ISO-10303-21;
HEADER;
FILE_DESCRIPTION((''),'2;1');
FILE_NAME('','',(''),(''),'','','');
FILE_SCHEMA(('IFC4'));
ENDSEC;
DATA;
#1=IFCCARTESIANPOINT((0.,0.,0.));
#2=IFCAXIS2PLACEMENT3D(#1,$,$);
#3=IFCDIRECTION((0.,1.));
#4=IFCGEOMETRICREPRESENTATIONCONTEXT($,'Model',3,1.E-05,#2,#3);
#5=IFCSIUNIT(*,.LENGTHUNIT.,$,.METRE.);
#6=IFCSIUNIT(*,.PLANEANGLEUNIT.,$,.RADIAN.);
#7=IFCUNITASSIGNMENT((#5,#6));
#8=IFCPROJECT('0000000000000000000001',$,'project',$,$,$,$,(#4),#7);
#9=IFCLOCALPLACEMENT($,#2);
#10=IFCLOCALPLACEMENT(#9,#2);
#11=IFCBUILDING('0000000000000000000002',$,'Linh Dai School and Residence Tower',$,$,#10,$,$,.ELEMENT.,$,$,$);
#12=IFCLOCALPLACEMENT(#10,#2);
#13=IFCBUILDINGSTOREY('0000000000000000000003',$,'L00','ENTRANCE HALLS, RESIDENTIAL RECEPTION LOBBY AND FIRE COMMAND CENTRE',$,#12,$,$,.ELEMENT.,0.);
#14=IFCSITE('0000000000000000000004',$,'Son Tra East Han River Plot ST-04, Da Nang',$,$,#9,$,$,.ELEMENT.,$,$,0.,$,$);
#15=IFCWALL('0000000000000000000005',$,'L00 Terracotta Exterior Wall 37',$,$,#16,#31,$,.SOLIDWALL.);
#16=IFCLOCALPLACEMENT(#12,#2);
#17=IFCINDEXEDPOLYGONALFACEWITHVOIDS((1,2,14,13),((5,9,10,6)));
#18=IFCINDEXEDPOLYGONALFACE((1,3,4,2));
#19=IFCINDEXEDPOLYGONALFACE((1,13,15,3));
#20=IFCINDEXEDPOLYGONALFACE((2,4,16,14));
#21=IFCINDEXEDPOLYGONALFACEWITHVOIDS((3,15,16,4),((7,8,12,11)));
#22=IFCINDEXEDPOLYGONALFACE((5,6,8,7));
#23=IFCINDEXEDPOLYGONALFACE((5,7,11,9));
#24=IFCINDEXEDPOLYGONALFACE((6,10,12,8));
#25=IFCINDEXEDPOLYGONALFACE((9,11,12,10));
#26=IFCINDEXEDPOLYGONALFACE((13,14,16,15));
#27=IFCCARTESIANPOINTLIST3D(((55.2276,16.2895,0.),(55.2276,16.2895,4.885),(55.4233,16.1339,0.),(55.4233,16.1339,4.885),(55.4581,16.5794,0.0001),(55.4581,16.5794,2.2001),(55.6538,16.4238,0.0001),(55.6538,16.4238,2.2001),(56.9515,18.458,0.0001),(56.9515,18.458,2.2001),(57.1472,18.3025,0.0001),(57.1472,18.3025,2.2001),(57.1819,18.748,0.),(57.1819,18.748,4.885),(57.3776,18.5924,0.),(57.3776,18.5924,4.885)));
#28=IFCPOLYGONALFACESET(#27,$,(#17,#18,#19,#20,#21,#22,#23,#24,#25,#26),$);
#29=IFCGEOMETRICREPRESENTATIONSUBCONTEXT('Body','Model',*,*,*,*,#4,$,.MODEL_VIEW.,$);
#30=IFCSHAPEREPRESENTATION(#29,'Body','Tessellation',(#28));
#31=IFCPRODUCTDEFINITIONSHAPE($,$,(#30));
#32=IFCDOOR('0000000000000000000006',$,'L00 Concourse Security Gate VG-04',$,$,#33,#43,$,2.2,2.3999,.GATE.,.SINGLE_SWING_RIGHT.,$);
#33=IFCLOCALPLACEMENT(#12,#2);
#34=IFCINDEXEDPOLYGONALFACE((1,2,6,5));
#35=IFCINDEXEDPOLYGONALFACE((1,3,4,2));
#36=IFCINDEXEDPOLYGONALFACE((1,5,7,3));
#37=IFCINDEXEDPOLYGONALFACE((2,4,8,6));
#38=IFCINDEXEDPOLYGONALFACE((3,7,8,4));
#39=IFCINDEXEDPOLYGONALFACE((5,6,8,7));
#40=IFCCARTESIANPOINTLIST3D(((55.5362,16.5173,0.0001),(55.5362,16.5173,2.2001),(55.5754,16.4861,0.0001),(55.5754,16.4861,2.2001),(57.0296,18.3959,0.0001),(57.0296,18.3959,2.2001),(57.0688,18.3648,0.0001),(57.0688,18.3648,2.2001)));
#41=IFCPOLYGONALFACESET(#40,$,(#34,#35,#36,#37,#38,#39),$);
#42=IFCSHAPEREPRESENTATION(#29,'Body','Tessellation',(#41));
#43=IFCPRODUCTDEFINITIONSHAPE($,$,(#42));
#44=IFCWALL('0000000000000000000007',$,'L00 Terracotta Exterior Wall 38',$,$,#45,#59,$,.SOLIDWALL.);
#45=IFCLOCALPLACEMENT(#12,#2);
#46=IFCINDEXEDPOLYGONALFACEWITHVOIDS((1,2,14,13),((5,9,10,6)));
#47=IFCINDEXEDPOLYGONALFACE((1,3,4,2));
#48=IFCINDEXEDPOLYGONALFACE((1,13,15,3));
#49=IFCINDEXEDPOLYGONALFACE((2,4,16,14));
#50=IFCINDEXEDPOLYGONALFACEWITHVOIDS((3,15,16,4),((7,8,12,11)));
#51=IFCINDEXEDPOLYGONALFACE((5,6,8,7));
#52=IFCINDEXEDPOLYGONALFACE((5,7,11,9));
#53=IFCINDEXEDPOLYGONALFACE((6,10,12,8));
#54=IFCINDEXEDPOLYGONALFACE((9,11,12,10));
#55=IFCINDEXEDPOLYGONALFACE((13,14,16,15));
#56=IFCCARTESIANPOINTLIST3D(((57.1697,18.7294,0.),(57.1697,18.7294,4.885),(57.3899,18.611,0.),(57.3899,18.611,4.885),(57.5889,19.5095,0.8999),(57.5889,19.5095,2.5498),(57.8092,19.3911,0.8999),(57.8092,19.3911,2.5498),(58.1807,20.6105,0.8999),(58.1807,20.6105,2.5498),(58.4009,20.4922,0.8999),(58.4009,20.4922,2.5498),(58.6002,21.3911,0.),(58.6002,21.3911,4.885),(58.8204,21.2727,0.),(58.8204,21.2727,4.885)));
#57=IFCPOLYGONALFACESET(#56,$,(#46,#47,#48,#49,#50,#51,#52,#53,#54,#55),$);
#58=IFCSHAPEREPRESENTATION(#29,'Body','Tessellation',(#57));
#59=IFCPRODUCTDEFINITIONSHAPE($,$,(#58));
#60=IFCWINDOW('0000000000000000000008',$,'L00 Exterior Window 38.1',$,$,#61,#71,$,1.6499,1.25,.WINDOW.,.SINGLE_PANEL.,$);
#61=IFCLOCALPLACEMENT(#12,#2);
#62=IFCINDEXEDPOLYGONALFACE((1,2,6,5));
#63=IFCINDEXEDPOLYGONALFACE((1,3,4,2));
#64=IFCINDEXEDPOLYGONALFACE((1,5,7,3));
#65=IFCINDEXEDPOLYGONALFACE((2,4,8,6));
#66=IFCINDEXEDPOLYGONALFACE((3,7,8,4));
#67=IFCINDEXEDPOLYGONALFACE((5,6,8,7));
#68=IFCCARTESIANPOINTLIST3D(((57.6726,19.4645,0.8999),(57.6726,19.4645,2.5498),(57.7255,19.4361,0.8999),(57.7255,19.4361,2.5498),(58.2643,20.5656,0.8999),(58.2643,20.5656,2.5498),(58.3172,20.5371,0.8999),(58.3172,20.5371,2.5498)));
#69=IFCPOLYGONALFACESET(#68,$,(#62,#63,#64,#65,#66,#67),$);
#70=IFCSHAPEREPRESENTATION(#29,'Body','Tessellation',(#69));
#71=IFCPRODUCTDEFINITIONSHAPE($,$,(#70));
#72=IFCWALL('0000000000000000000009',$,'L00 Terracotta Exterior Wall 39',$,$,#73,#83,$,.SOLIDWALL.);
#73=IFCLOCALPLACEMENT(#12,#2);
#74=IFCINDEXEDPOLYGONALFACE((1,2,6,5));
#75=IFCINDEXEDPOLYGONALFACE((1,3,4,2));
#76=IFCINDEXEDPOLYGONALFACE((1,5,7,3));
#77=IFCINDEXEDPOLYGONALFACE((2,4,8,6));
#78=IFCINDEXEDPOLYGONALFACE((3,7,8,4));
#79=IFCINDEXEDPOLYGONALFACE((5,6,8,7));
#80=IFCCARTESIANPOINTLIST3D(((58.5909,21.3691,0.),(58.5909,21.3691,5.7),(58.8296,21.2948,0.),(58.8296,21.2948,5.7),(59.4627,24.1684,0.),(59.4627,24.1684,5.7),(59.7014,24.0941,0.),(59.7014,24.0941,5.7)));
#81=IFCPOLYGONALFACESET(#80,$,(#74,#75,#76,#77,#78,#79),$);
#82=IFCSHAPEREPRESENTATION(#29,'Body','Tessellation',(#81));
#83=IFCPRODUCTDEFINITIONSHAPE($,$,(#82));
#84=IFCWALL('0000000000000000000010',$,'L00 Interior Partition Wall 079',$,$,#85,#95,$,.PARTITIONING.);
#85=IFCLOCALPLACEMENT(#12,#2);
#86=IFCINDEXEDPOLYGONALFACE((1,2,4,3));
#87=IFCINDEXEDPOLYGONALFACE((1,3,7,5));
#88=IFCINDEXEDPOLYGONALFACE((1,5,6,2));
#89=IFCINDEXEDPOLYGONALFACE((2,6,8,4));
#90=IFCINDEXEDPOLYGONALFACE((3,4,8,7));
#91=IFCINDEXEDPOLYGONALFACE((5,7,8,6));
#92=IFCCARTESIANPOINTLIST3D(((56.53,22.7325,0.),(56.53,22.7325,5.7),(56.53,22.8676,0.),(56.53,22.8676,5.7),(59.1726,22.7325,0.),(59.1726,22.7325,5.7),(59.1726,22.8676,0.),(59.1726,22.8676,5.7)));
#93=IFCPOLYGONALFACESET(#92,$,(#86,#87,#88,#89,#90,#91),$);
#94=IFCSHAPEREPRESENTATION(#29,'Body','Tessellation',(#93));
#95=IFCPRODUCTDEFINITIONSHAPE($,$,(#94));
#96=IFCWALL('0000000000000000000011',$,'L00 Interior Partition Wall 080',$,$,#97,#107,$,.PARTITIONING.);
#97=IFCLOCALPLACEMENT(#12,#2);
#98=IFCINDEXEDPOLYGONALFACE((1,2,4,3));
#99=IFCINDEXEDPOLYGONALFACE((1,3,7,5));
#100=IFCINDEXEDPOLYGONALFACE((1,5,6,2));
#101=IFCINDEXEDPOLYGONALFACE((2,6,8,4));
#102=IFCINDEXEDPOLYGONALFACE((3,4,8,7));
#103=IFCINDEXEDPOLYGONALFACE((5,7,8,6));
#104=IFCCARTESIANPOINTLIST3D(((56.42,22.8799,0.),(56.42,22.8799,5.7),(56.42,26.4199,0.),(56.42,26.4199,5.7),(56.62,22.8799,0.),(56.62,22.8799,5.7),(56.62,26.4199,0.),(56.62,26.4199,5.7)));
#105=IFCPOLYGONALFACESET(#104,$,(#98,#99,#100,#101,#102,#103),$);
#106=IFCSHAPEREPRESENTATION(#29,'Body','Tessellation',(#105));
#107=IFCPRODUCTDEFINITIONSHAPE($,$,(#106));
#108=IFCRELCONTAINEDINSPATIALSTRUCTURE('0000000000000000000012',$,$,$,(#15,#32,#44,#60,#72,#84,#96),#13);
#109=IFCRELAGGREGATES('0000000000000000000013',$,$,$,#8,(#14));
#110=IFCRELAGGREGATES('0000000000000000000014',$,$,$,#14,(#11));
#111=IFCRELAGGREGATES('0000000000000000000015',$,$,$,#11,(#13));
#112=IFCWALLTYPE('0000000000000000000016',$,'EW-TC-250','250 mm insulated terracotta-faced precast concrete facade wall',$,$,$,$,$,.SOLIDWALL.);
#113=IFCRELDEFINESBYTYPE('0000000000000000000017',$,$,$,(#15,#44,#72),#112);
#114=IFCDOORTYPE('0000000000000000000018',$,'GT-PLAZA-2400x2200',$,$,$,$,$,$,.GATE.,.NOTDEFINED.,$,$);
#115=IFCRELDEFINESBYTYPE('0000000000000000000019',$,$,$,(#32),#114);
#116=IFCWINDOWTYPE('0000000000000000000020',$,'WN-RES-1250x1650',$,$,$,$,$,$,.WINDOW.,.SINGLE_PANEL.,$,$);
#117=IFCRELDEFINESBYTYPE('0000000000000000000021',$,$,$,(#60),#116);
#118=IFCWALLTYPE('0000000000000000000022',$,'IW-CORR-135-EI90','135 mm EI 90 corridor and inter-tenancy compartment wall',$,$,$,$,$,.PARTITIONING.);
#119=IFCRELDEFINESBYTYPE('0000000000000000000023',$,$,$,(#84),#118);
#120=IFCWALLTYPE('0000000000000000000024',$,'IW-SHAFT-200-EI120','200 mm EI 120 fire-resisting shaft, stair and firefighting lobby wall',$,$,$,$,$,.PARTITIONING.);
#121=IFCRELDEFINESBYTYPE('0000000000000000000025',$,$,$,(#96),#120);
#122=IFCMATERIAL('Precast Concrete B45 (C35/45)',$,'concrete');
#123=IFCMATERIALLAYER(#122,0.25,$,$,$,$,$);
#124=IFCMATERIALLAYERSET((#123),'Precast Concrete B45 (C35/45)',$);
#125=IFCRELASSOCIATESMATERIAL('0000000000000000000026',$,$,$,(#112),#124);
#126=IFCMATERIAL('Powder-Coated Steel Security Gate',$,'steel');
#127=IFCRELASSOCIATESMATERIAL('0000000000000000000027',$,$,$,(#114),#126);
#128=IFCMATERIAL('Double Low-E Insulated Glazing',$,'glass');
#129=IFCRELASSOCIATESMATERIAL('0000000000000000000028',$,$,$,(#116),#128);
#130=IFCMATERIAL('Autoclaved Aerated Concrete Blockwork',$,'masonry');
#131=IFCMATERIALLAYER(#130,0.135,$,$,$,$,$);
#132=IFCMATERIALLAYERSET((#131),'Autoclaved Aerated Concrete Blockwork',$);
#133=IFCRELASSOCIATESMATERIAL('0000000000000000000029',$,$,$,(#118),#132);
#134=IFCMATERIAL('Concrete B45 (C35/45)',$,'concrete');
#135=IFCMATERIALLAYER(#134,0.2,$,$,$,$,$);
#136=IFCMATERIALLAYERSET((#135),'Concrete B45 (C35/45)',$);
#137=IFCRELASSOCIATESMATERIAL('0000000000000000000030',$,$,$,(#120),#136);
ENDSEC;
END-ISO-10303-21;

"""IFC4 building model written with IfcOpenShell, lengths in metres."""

from ifc_helpers import new_model, si_unit, direction, frame, frame_2d, origin, origin_2d, place, context, subcontext, project, spatial, rectangle, extrude, source, transform, mapped, material, layer, layer_set, type_object, element, fill, save


model = new_model("IFC4")

# Units and contexts
model_context = context("Model", 3, precision=1e-05, world=origin(), true_north=direction((0.0, 1.0)))
body_context = subcontext(model_context, "Body", "Model", "MODEL_VIEW")
ifc_project = project(units=[si_unit("LENGTHUNIT", "METRE"), si_unit("PLANEANGLEUNIT", "RADIAN")], contexts=[model_context])

# Site, building, storey
site_placement = place(None, origin())
site = spatial("IfcSite", under=ifc_project, at=site_placement, Name="Son Tra East Han River Plot ST-04, Da Nang", CompositionType="ELEMENT", RefElevation=0.0)
building_placement = place(site_placement, origin())
building = spatial("IfcBuilding", under=site, at=building_placement, Name="Linh Dai School and Residence Tower", CompositionType="ELEMENT")
storey_placement = place(building_placement, origin())
storey = spatial("IfcBuildingStorey", under=building, at=storey_placement, Name="L00", Description="ENTRANCE HALLS, RESIDENTIAL RECEPTION LOBBY AND FIRE COMMAND CENTRE", CompositionType="ELEMENT", Elevation=0.0)

# Shared definitions
ifc_material_1 = material(Name="Double Low-E Insulated Glazing", Category="glass")

# Wall, opening, door
ifc_material_2 = material(Name="Precast Concrete B45 (C35/45)", Category="concrete")
ifc_layer_1 = layer(ifc_material_2, 0.25)
ifc_layer_set_1 = layer_set([ifc_layer_1], Name="Precast Concrete B45 (C35/45)")
wall_type_1 = type_object("IfcWallType", Name="EW-TC-250", Description="250 mm insulated terracotta-faced precast concrete facade wall", PredefinedType="SOLIDWALL", material=ifc_layer_set_1)
wall_1_placement = place(storey_placement, frame((57.2798, 18.6702, 0.0), z_axis=(0.0, 0.0, 1.0), x_axis=(-0.622275, -0.782799, 0.0)))
wall_1 = element("IfcWall", 1, at=wall_1_placement, inside=storey, type_object=wall_type_1, Name="L00 Terracotta Exterior Wall 37", PredefinedType="SOLIDWALL", context=body_context, shape_type="SweptSolid", body=[
    extrude(rectangle(XDim=3.1406, YDim=0.25, at=frame_2d((1.5703, 0.0))), origin(), (0.0, 0.0, 1.0), 4.885),
])
opening_1_placement = place(wall_1_placement, frame((0.3704, 0.0, 0.0)))
opening_1 = element("IfcOpeningElement", 2, at=opening_1_placement, cuts=wall_1, PredefinedType="OPENING", context=body_context, shape_type="SweptSolid", body=[
    extrude(rectangle(XDim=2.3999, YDim=2.2, at=origin_2d()), frame((1.2, 0.135, 1.1001), z_axis=(0.0, -1.0, 0.0), x_axis=(1.0, 0.0, 0.0)), (0.0, 0.0, 1.0), 0.27),
])
ifc_material_3 = material(Name="Powder-Coated Steel Security Gate", Category="steel")
door_type = type_object("IfcDoorType", Name="GT-PLAZA-2400x2200", OperationType="NOTDEFINED", PredefinedType="GATE", material=ifc_material_3)
shared_shape_1 = source(origin(), body_context, "Body", "SweptSolid", [
    extrude(rectangle(XDim=2.3999, YDim=2.2, at=origin_2d()), frame((1.2, 0.0249, 1.1001), z_axis=(0.0, -1.0, 0.0), x_axis=(1.0, 0.0, 0.0)), (0.0, 0.0, 1.0), 0.05),
])
door_placement = place(opening_1_placement, origin())
door = element("IfcDoor", 3, at=door_placement, inside=storey, type_object=door_type, Name="L00 Concourse Security Gate VG-04", OperationType="SINGLE_SWING_RIGHT", OverallHeight=2.2, OverallWidth=2.3999, PredefinedType="GATE", context=body_context, shape_type="MappedRepresentation", body=[
    mapped(shared_shape_1, transform((0.0, 0.0, 0.0), x_axis=(1.0, 0.0, 0.0), y_axis=(0.0, 1.0, 0.0), z_axis=(0.0, 0.0, 1.0), scale=1.0)),
])
fill(opening_1, door)

# Wall, opening, window
wall_2_placement = place(storey_placement, frame((58.7102, 21.3318, 0.0), z_axis=(0.0, 0.0, 1.0), x_axis=(-0.473391, -0.880852, 0.0)))
wall_2 = element("IfcWall", 4, at=wall_2_placement, inside=storey, type_object=wall_type_1, Name="L00 Terracotta Exterior Wall 38", PredefinedType="SOLIDWALL", context=body_context, shape_type="SweptSolid", body=[
    extrude(rectangle(XDim=3.0217, YDim=0.25, at=frame_2d((1.5107, 0.0))), origin(), (0.0, 0.0, 1.0), 4.885),
])
opening_2_placement = place(wall_2_placement, frame((0.886, 0.0, 0.8999)))
opening_2 = element("IfcOpeningElement", 5, at=opening_2_placement, cuts=wall_2, PredefinedType="OPENING", context=body_context, shape_type="SweptSolid", body=[
    extrude(rectangle(XDim=1.25, YDim=1.6499, at=origin_2d()), frame((0.625, 0.135, 0.825), z_axis=(0.0, -1.0, 0.0), x_axis=(1.0, 0.0, 0.0)), (0.0, 0.0, 1.0), 0.27),
])
window_type = type_object("IfcWindowType", Name="WN-RES-1250x1650", PartitioningType="SINGLE_PANEL", PredefinedType="WINDOW", material=ifc_material_1)
shared_shape_2 = source(origin(), body_context, "Body", "SweptSolid", [
    extrude(rectangle(XDim=1.25, YDim=1.6499, at=origin_2d()), frame((0.625, 0.03, 0.825), z_axis=(0.0, -1.0, 0.0), x_axis=(1.0, 0.0, 0.0)), (0.0, 0.0, 1.0), 0.0601),
])
window_placement = place(opening_2_placement, origin())
window = element("IfcWindow", 6, at=window_placement, inside=storey, type_object=window_type, Name="L00 Exterior Window 38.1", OverallHeight=1.6499, OverallWidth=1.25, PartitioningType="SINGLE_PANEL", PredefinedType="WINDOW", context=body_context, shape_type="MappedRepresentation", body=[
    mapped(shared_shape_2, transform((0.0, 0.0, 0.0), x_axis=(1.0, 0.0, 0.0), y_axis=(0.0, 1.0, 0.0), z_axis=(0.0, 0.0, 1.0), scale=1.0)),
])
fill(opening_2, window)

# Walls
wall_3_placement = place(storey_placement, frame((59.582, 24.1311, 0.0), z_axis=(0.0, 0.0, 1.0), x_axis=(-0.297355, -0.954767, 0.0)))
element("IfcWall", 7, at=wall_3_placement, inside=storey, type_object=wall_type_1, Name="L00 Terracotta Exterior Wall 39", PredefinedType="SOLIDWALL", context=body_context, shape_type="SweptSolid", body=[
    extrude(rectangle(XDim=2.9319, YDim=0.25, at=frame_2d((1.4658, 0.0))), origin(), (0.0, 0.0, 1.0), 5.7),
])
ifc_material_4 = material(Name="Autoclaved Aerated Concrete Blockwork", Category="masonry")
ifc_layer_2 = layer(ifc_material_4, 0.135)
ifc_layer_set_2 = layer_set([ifc_layer_2], Name="Autoclaved Aerated Concrete Blockwork")
wall_type_2 = type_object("IfcWallType", Name="IW-CORR-135-EI90", Description="135 mm EI 90 corridor and inter-tenancy compartment wall", PredefinedType="PARTITIONING", material=ifc_layer_set_2)
wall_4_placement = place(storey_placement, frame((56.53, 22.8, 0.0), z_axis=(0.0, 0.0, 1.0), x_axis=(1.0, 0.0, 0.0)))
element("IfcWall", 8, at=wall_4_placement, inside=storey, type_object=wall_type_2, Name="L00 Interior Partition Wall 079", PredefinedType="PARTITIONING", context=body_context, shape_type="SweptSolid", body=[
    extrude(rectangle(XDim=2.6426, YDim=0.135, at=frame_2d((1.3213, 0.0))), origin(), (0.0, 0.0, 1.0), 5.7),
])
ifc_material_5 = material(Name="Concrete B45 (C35/45)", Category="concrete")
ifc_layer_3 = layer(ifc_material_5, 0.2)
ifc_layer_set_3 = layer_set([ifc_layer_3], Name="Concrete B45 (C35/45)")
wall_type_3 = type_object("IfcWallType", Name="IW-SHAFT-200-EI120", Description="200 mm EI 120 fire-resisting shaft, stair and firefighting lobby wall", PredefinedType="PARTITIONING", material=ifc_layer_set_3)
wall_5_placement = place(storey_placement, frame((56.52, 22.8799, 0.0), z_axis=(0.0, 0.0, 1.0), x_axis=(0.0, 1.0, 0.0)))
element("IfcWall", 9, at=wall_5_placement, inside=storey, type_object=wall_type_3, Name="L00 Interior Partition Wall 080", PredefinedType="PARTITIONING", context=body_context, shape_type="SweptSolid", body=[
    extrude(rectangle(XDim=3.54, YDim=0.2, at=frame_2d((1.77, 0.0))), origin(), (0.0, 0.0, 1.0), 5.7),
])

save(model, "model.ifc")
